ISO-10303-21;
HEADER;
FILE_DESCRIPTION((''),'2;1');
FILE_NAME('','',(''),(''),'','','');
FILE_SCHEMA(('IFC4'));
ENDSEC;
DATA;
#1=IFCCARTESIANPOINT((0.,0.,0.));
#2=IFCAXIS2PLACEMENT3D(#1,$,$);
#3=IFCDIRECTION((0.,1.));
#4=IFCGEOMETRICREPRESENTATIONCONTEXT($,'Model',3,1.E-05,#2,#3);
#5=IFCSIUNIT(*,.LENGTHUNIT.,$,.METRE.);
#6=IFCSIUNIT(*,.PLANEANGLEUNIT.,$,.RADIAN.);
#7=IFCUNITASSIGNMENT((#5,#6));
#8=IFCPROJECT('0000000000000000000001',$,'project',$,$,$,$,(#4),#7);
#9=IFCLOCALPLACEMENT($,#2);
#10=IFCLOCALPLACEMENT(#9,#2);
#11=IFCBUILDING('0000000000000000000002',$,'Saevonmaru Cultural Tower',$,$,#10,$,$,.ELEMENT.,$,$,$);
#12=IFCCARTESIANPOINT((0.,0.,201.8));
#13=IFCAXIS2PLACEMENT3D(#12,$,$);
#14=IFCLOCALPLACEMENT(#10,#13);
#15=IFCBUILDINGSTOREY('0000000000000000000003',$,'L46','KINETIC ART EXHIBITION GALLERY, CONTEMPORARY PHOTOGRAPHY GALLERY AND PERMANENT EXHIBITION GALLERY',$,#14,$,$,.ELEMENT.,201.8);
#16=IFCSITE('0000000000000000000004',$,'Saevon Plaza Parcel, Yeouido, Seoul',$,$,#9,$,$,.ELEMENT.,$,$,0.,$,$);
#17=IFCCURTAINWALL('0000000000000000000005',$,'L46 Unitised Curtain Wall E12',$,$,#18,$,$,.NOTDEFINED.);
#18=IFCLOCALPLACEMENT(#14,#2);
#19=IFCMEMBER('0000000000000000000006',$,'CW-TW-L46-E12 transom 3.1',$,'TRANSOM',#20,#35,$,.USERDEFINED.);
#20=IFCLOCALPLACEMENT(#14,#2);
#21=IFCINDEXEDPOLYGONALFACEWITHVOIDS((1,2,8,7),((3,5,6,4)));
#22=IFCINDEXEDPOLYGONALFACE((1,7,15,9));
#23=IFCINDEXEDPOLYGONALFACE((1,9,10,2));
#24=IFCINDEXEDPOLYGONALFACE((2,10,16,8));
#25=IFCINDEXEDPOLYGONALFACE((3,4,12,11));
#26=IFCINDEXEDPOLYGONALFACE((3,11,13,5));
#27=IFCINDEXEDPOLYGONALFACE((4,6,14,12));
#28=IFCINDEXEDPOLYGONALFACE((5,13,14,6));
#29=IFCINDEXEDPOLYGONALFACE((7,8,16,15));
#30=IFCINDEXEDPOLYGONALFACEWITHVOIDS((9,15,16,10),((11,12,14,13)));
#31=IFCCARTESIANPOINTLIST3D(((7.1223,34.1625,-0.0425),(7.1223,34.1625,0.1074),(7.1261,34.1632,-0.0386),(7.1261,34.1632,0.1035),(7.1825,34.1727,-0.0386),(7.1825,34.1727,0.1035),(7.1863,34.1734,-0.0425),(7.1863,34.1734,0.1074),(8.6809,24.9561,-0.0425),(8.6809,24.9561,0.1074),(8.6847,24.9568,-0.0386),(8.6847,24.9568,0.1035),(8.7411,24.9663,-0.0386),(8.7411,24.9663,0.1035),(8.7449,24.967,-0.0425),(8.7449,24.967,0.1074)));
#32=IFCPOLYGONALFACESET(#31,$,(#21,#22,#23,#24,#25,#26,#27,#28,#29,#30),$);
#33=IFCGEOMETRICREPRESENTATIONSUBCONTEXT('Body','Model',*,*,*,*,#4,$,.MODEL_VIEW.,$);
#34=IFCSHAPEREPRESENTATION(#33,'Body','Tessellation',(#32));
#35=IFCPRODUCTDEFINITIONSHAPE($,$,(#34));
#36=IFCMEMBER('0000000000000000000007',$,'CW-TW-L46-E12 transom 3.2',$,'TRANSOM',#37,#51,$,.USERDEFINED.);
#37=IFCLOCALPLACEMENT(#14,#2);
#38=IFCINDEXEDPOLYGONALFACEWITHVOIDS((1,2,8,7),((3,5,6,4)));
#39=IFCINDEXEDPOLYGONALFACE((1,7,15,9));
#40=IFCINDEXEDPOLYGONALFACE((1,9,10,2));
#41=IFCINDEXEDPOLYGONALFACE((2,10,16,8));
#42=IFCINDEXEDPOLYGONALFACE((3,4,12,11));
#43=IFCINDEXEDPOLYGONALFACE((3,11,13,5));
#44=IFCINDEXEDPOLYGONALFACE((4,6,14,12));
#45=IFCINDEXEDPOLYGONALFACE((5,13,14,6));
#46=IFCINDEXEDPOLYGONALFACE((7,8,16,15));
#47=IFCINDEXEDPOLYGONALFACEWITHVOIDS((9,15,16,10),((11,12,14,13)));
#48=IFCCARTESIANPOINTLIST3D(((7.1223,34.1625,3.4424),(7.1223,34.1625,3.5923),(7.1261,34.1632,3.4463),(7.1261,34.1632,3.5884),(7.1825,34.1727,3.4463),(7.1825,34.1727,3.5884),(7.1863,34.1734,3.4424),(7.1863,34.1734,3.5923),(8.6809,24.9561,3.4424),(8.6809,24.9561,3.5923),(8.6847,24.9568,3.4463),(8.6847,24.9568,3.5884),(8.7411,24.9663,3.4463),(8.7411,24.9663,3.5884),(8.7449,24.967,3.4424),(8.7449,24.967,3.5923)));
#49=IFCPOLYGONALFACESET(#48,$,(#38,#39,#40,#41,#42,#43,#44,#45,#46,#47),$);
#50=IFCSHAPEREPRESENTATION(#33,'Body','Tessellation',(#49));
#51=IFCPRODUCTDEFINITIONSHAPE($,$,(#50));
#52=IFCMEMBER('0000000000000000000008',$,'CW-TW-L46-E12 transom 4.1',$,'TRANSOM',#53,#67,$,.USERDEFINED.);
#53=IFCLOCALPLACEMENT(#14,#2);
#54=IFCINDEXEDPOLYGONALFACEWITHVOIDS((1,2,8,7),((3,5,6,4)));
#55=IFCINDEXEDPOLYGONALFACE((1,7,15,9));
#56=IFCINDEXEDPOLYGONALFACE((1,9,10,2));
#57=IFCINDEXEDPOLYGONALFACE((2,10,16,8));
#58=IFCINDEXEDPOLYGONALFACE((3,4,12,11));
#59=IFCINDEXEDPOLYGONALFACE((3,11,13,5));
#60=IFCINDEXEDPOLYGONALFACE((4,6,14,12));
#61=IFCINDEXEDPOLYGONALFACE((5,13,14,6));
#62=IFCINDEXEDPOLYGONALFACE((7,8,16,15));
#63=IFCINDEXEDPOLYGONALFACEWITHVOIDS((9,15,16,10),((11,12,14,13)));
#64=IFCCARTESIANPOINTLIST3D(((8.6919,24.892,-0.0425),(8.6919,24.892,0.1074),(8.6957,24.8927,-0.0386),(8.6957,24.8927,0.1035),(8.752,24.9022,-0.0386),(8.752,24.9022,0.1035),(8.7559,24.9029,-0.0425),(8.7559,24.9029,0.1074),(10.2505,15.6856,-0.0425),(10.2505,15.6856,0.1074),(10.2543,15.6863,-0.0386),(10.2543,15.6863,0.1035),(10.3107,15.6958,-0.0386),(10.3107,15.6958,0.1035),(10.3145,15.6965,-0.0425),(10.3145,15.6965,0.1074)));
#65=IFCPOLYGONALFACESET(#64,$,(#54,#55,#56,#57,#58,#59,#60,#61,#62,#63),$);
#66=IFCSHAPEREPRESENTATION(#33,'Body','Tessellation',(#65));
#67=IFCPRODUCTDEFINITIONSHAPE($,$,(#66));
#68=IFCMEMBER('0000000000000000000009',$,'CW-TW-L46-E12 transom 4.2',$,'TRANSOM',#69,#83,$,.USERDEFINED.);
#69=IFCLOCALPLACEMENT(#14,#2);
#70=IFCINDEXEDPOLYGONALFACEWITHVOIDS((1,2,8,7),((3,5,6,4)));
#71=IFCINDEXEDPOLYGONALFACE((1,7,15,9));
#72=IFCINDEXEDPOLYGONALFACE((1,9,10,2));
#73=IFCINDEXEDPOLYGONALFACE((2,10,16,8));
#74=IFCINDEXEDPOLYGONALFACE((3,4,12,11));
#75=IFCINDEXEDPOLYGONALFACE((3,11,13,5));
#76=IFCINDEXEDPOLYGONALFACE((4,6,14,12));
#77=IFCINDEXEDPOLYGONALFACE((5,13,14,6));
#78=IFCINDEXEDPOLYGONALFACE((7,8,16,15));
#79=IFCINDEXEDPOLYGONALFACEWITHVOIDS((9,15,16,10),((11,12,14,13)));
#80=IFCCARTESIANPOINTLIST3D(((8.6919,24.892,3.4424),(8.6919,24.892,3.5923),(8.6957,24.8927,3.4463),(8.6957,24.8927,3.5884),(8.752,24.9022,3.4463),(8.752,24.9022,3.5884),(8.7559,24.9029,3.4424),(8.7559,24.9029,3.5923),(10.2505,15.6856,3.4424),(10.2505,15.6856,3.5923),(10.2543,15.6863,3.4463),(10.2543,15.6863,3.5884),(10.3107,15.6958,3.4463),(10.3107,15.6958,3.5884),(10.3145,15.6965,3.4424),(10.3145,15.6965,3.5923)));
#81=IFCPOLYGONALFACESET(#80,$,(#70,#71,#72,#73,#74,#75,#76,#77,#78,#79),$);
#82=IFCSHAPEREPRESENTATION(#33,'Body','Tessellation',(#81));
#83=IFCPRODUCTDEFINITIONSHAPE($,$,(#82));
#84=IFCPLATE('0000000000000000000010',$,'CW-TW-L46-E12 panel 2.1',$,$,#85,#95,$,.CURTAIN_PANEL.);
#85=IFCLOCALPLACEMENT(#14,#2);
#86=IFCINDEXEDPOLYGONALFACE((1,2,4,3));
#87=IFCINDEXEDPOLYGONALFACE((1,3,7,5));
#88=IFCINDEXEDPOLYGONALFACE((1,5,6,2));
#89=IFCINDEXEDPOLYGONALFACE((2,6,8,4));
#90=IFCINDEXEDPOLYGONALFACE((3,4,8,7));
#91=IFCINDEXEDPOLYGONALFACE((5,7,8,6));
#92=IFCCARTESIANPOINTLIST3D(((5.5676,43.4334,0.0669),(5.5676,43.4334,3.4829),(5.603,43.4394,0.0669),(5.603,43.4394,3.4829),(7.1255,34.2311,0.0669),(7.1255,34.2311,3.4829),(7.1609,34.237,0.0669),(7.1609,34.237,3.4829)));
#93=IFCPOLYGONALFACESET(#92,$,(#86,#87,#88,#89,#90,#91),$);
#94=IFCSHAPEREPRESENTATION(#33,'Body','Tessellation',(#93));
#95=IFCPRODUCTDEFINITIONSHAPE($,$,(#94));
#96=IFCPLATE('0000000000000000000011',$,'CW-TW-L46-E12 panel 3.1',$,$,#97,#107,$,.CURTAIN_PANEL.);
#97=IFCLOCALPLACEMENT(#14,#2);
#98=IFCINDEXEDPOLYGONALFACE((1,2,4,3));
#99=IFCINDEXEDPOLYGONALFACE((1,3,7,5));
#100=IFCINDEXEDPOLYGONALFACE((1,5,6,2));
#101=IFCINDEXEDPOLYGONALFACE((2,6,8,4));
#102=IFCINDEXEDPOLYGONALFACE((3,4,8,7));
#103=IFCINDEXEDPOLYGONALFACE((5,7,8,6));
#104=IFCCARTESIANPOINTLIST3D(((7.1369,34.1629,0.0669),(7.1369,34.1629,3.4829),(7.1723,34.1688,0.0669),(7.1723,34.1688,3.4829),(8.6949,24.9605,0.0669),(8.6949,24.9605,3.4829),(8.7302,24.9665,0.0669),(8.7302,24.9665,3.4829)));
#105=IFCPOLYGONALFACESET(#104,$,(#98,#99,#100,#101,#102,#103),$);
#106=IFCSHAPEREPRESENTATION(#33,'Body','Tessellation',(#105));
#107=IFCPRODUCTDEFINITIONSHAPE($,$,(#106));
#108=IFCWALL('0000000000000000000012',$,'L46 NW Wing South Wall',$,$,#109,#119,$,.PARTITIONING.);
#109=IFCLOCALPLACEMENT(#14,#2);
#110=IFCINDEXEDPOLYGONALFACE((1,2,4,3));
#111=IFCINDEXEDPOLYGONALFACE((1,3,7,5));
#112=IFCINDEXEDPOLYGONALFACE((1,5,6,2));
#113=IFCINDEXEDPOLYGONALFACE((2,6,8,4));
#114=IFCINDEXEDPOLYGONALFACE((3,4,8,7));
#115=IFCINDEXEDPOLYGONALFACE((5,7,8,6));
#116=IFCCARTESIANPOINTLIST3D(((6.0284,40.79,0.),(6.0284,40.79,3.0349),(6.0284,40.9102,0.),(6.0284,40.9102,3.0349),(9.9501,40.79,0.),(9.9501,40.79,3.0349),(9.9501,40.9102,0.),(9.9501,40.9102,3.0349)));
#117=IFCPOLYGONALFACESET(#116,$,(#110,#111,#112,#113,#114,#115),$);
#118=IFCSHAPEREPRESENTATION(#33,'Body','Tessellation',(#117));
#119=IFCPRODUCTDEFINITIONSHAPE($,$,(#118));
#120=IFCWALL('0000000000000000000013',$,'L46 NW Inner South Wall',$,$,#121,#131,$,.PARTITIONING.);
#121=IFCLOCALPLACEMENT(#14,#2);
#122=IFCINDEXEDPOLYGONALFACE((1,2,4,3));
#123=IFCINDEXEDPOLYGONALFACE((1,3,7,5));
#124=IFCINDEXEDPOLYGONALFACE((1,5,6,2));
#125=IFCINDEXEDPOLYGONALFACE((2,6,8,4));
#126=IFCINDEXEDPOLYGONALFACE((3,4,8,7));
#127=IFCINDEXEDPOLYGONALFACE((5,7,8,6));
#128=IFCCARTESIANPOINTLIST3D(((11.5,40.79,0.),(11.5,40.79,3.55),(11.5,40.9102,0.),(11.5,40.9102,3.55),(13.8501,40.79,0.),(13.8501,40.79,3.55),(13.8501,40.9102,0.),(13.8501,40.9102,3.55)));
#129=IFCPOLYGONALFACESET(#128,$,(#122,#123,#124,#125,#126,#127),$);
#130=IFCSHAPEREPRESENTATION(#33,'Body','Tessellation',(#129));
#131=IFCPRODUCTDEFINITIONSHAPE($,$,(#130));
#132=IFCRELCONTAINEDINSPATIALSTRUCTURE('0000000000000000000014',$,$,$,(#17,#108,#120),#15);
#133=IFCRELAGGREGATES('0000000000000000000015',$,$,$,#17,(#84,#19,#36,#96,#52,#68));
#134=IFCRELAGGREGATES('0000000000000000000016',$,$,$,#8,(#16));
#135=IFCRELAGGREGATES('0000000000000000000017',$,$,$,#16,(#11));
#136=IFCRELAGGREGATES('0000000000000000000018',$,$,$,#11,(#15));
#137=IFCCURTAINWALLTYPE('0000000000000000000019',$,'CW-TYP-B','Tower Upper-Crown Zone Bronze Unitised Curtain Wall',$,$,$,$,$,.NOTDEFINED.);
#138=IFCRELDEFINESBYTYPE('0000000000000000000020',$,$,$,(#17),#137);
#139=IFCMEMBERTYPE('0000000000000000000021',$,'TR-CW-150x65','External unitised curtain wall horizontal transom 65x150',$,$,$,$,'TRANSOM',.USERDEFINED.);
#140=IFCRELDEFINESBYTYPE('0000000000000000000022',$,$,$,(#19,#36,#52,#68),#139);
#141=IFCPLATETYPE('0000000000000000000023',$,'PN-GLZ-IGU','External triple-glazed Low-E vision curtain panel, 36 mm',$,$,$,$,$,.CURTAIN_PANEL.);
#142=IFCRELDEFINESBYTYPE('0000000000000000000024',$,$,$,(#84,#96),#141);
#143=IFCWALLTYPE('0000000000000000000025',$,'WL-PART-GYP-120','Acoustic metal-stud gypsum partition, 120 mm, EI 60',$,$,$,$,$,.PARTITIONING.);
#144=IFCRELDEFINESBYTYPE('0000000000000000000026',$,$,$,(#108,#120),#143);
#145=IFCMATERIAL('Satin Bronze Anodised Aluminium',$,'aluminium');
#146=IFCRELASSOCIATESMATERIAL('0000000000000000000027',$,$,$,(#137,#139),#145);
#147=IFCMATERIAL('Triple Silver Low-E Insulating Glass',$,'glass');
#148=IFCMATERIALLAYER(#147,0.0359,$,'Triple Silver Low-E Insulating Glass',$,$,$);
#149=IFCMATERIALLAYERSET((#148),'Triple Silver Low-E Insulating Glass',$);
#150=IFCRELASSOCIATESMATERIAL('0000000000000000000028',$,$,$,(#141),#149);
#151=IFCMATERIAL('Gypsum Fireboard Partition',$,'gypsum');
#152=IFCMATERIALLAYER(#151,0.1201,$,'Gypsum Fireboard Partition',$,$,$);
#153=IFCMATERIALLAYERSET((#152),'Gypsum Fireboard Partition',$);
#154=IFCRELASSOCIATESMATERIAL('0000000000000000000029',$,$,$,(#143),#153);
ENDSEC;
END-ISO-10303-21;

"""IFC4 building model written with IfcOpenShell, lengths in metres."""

from ifc_helpers import new_model, si_unit, direction, frame, frame_2d, origin, origin_2d, place, context, subcontext, project, spatial, rectangle, hollow_rectangle, extrude, material, layer, layer_set, material_profile, profile_set, type_object, element, aggregate, save


model = new_model("IFC4")

# Units and contexts
model_context = context("Model", 3, precision=1e-05, world=origin(), true_north=direction((0.0, 1.0)))
body_context = subcontext(model_context, "Body", "Model", "MODEL_VIEW")
ifc_project = project(units=[si_unit("LENGTHUNIT", "METRE"), si_unit("PLANEANGLEUNIT", "RADIAN")], contexts=[model_context])

# Site, building, storey
site_placement = place(None, origin())
site = spatial("IfcSite", under=ifc_project, at=site_placement, Name="Saevon Plaza Parcel, Yeouido, Seoul", CompositionType="ELEMENT", RefElevation=0.0)
building_placement = place(site_placement, origin())
building = spatial("IfcBuilding", under=site, at=building_placement, Name="Saevonmaru Cultural Tower", CompositionType="ELEMENT")
storey_placement = place(building_placement, frame((0.0, 0.0, 201.8)))
storey = spatial("IfcBuildingStorey", under=building, at=storey_placement, Name="L46", Description="KINETIC ART EXHIBITION GALLERY, CONTEMPORARY PHOTOGRAPHY GALLERY AND PERMANENT EXHIBITION GALLERY", CompositionType="ELEMENT", Elevation=201.8)

# Curtain wall, members, plates
ifc_material_1 = material(Name="Satin Bronze Anodised Aluminium", Category="aluminium")
curtain_wall_type = type_object("IfcCurtainWallType", Name="CW-TYP-B", Description="Tower Upper-Crown Zone Bronze Unitised Curtain Wall", PredefinedType="NOTDEFINED", material=ifc_material_1)
curtain_wall_placement = place(storey_placement, origin())
curtain_wall = element("IfcCurtainWall", 1, at=curtain_wall_placement, inside=storey, type_object=curtain_wall_type, Name="L46 Unitised Curtain Wall E12", PredefinedType="NOTDEFINED")
ifc_material_profile_1 = material_profile(ifc_material_1, hollow_rectangle(XDim=0.0649, YDim=0.1499, WallThickness=0.0039, at=origin_2d()), Name="ALU-TRAN-150x65x4")
ifc_profile_set_1 = profile_set([ifc_material_profile_1], Name="Satin Bronze Anodised Aluminium")
member_type_1 = type_object("IfcMemberType", Name="TR-CW-150x65", Description="External unitised curtain wall horizontal transom 65x150", ElementType="TRANSOM", PredefinedType="USERDEFINED", material=ifc_profile_set_1)
member_1_placement = place(storey_placement, frame((7.1543, 34.168, 0.0325), z_axis=(0.166921, -0.98597, 0.0), x_axis=(0.98597, 0.166921, 0.0)))
member_1 = element("IfcMember", 2, at=member_1_placement, type_object=member_type_1, Name="CW-TW-L46-E12 transom 3.1", ObjectType="TRANSOM", PredefinedType="USERDEFINED", context=body_context, shape_type="SweptSolid", body=[
    extrude(hollow_rectangle(XDim=0.0649, YDim=0.1499, WallThickness=0.0039, at=origin_2d()), origin(), (0.0, 0.0, 1.0), 9.3374),
])
member_2_placement = place(storey_placement, frame((7.1543, 34.168, 3.5173), z_axis=(0.166921, -0.98597, 0.0), x_axis=(0.98597, 0.166921, 0.0)))
member_2 = element("IfcMember", 3, at=member_2_placement, type_object=member_type_1, Name="CW-TW-L46-E12 transom 3.2", ObjectType="TRANSOM", PredefinedType="USERDEFINED", context=body_context, shape_type="SweptSolid", body=[
    extrude(hollow_rectangle(XDim=0.0649, YDim=0.1499, WallThickness=0.0039, at=origin_2d()), origin(), (0.0, 0.0, 1.0), 9.3374),
])
member_3_placement = place(storey_placement, frame((8.7239, 24.8975, 0.0325), z_axis=(0.166921, -0.98597, 0.0), x_axis=(0.98597, 0.166921, 0.0)))
member_3 = element("IfcMember", 4, at=member_3_placement, type_object=member_type_1, Name="CW-TW-L46-E12 transom 4.1", ObjectType="TRANSOM", PredefinedType="USERDEFINED", context=body_context, shape_type="SweptSolid", body=[
    extrude(hollow_rectangle(XDim=0.0649, YDim=0.1499, WallThickness=0.0039, at=origin_2d()), origin(), (0.0, 0.0, 1.0), 9.3374),
])
member_4_placement = place(storey_placement, frame((8.7239, 24.8975, 3.5173), z_axis=(0.166921, -0.98597, 0.0), x_axis=(0.98597, 0.166921, 0.0)))
member_4 = element("IfcMember", 5, at=member_4_placement, type_object=member_type_1, Name="CW-TW-L46-E12 transom 4.2", ObjectType="TRANSOM", PredefinedType="USERDEFINED", context=body_context, shape_type="SweptSolid", body=[
    extrude(hollow_rectangle(XDim=0.0649, YDim=0.1499, WallThickness=0.0039, at=origin_2d()), origin(), (0.0, 0.0, 1.0), 9.3374),
])
ifc_material_2 = material(Name="Triple Silver Low-E Insulating Glass", Category="glass")
ifc_layer_1 = layer(ifc_material_2, 0.0359, Name="Triple Silver Low-E Insulating Glass")
ifc_layer_set_1 = layer_set([ifc_layer_1], Name="Triple Silver Low-E Insulating Glass")
plate_type = type_object("IfcPlateType", Name="PN-GLZ-IGU", Description="External triple-glazed Low-E vision curtain panel, 36 mm", PredefinedType="CURTAIN_PANEL", material=ifc_layer_set_1)
plate_1_placement = place(storey_placement, frame((6.3643, 38.8352, 0.0669), z_axis=(0.0, 0.0, 1.0), x_axis=(0.166922, -0.98597, 0.0)))
plate_1 = element("IfcPlate", 6, at=plate_1_placement, type_object=plate_type, Name="CW-TW-L46-E12 panel 2.1", PredefinedType="CURTAIN_PANEL", context=body_context, shape_type="SweptSolid", body=[
    extrude(rectangle(XDim=9.3333, YDim=0.0359, at=origin_2d()), origin(), (0.0, 0.0, 1.0), 3.416),
])
plate_2_placement = place(storey_placement, frame((7.9336, 29.5647, 0.0669), z_axis=(0.0, 0.0, 1.0), x_axis=(0.166922, -0.98597, 0.0)))
plate_2 = element("IfcPlate", 7, at=plate_2_placement, type_object=plate_type, Name="CW-TW-L46-E12 panel 3.1", PredefinedType="CURTAIN_PANEL", context=body_context, shape_type="SweptSolid", body=[
    extrude(rectangle(XDim=9.3333, YDim=0.0359, at=origin_2d()), origin(), (0.0, 0.0, 1.0), 3.416),
])
aggregate(curtain_wall, [plate_1, member_1, member_2, plate_2, member_3, member_4])

# Shared definitions
ifc_material_3 = material(Name="Gypsum Fireboard Partition", Category="gypsum")

# Walls
ifc_layer_2 = layer(ifc_material_3, 0.1201, Name="Gypsum Fireboard Partition")
ifc_layer_set_2 = layer_set([ifc_layer_2], Name="Gypsum Fireboard Partition")
wall_type_1 = type_object("IfcWallType", Name="WL-PART-GYP-120", Description="Acoustic metal-stud gypsum partition, 120 mm, EI 60", PredefinedType="PARTITIONING", material=ifc_layer_set_2)
wall_1_placement = place(storey_placement, frame((6.0283, 40.8501, 0.0), z_axis=(0.0, 0.0, 1.0), x_axis=(1.0, 0.0, 0.0)))
element("IfcWall", 8, at=wall_1_placement, inside=storey, type_object=wall_type_1, Name="L46 NW Wing South Wall", PredefinedType="PARTITIONING", context=body_context, shape_type="SweptSolid", body=[
    extrude(rectangle(XDim=3.9216, YDim=0.1201, at=frame_2d((1.9609, 0.0))), origin(), (0.0, 0.0, 1.0), 3.0349),
])
wall_2_placement = place(storey_placement, frame((11.5, 40.8501, 0.0), z_axis=(0.0, 0.0, 1.0), x_axis=(1.0, 0.0, 0.0)))
element("IfcWall", 9, at=wall_2_placement, inside=storey, type_object=wall_type_1, Name="L46 NW Inner South Wall", PredefinedType="PARTITIONING", context=body_context, shape_type="SweptSolid", body=[
    extrude(rectangle(XDim=2.3501, YDim=0.1201, at=frame_2d((1.175, 0.0))), origin(), (0.0, 0.0, 1.0), 3.55),
])

save(model, "model.ifc")
